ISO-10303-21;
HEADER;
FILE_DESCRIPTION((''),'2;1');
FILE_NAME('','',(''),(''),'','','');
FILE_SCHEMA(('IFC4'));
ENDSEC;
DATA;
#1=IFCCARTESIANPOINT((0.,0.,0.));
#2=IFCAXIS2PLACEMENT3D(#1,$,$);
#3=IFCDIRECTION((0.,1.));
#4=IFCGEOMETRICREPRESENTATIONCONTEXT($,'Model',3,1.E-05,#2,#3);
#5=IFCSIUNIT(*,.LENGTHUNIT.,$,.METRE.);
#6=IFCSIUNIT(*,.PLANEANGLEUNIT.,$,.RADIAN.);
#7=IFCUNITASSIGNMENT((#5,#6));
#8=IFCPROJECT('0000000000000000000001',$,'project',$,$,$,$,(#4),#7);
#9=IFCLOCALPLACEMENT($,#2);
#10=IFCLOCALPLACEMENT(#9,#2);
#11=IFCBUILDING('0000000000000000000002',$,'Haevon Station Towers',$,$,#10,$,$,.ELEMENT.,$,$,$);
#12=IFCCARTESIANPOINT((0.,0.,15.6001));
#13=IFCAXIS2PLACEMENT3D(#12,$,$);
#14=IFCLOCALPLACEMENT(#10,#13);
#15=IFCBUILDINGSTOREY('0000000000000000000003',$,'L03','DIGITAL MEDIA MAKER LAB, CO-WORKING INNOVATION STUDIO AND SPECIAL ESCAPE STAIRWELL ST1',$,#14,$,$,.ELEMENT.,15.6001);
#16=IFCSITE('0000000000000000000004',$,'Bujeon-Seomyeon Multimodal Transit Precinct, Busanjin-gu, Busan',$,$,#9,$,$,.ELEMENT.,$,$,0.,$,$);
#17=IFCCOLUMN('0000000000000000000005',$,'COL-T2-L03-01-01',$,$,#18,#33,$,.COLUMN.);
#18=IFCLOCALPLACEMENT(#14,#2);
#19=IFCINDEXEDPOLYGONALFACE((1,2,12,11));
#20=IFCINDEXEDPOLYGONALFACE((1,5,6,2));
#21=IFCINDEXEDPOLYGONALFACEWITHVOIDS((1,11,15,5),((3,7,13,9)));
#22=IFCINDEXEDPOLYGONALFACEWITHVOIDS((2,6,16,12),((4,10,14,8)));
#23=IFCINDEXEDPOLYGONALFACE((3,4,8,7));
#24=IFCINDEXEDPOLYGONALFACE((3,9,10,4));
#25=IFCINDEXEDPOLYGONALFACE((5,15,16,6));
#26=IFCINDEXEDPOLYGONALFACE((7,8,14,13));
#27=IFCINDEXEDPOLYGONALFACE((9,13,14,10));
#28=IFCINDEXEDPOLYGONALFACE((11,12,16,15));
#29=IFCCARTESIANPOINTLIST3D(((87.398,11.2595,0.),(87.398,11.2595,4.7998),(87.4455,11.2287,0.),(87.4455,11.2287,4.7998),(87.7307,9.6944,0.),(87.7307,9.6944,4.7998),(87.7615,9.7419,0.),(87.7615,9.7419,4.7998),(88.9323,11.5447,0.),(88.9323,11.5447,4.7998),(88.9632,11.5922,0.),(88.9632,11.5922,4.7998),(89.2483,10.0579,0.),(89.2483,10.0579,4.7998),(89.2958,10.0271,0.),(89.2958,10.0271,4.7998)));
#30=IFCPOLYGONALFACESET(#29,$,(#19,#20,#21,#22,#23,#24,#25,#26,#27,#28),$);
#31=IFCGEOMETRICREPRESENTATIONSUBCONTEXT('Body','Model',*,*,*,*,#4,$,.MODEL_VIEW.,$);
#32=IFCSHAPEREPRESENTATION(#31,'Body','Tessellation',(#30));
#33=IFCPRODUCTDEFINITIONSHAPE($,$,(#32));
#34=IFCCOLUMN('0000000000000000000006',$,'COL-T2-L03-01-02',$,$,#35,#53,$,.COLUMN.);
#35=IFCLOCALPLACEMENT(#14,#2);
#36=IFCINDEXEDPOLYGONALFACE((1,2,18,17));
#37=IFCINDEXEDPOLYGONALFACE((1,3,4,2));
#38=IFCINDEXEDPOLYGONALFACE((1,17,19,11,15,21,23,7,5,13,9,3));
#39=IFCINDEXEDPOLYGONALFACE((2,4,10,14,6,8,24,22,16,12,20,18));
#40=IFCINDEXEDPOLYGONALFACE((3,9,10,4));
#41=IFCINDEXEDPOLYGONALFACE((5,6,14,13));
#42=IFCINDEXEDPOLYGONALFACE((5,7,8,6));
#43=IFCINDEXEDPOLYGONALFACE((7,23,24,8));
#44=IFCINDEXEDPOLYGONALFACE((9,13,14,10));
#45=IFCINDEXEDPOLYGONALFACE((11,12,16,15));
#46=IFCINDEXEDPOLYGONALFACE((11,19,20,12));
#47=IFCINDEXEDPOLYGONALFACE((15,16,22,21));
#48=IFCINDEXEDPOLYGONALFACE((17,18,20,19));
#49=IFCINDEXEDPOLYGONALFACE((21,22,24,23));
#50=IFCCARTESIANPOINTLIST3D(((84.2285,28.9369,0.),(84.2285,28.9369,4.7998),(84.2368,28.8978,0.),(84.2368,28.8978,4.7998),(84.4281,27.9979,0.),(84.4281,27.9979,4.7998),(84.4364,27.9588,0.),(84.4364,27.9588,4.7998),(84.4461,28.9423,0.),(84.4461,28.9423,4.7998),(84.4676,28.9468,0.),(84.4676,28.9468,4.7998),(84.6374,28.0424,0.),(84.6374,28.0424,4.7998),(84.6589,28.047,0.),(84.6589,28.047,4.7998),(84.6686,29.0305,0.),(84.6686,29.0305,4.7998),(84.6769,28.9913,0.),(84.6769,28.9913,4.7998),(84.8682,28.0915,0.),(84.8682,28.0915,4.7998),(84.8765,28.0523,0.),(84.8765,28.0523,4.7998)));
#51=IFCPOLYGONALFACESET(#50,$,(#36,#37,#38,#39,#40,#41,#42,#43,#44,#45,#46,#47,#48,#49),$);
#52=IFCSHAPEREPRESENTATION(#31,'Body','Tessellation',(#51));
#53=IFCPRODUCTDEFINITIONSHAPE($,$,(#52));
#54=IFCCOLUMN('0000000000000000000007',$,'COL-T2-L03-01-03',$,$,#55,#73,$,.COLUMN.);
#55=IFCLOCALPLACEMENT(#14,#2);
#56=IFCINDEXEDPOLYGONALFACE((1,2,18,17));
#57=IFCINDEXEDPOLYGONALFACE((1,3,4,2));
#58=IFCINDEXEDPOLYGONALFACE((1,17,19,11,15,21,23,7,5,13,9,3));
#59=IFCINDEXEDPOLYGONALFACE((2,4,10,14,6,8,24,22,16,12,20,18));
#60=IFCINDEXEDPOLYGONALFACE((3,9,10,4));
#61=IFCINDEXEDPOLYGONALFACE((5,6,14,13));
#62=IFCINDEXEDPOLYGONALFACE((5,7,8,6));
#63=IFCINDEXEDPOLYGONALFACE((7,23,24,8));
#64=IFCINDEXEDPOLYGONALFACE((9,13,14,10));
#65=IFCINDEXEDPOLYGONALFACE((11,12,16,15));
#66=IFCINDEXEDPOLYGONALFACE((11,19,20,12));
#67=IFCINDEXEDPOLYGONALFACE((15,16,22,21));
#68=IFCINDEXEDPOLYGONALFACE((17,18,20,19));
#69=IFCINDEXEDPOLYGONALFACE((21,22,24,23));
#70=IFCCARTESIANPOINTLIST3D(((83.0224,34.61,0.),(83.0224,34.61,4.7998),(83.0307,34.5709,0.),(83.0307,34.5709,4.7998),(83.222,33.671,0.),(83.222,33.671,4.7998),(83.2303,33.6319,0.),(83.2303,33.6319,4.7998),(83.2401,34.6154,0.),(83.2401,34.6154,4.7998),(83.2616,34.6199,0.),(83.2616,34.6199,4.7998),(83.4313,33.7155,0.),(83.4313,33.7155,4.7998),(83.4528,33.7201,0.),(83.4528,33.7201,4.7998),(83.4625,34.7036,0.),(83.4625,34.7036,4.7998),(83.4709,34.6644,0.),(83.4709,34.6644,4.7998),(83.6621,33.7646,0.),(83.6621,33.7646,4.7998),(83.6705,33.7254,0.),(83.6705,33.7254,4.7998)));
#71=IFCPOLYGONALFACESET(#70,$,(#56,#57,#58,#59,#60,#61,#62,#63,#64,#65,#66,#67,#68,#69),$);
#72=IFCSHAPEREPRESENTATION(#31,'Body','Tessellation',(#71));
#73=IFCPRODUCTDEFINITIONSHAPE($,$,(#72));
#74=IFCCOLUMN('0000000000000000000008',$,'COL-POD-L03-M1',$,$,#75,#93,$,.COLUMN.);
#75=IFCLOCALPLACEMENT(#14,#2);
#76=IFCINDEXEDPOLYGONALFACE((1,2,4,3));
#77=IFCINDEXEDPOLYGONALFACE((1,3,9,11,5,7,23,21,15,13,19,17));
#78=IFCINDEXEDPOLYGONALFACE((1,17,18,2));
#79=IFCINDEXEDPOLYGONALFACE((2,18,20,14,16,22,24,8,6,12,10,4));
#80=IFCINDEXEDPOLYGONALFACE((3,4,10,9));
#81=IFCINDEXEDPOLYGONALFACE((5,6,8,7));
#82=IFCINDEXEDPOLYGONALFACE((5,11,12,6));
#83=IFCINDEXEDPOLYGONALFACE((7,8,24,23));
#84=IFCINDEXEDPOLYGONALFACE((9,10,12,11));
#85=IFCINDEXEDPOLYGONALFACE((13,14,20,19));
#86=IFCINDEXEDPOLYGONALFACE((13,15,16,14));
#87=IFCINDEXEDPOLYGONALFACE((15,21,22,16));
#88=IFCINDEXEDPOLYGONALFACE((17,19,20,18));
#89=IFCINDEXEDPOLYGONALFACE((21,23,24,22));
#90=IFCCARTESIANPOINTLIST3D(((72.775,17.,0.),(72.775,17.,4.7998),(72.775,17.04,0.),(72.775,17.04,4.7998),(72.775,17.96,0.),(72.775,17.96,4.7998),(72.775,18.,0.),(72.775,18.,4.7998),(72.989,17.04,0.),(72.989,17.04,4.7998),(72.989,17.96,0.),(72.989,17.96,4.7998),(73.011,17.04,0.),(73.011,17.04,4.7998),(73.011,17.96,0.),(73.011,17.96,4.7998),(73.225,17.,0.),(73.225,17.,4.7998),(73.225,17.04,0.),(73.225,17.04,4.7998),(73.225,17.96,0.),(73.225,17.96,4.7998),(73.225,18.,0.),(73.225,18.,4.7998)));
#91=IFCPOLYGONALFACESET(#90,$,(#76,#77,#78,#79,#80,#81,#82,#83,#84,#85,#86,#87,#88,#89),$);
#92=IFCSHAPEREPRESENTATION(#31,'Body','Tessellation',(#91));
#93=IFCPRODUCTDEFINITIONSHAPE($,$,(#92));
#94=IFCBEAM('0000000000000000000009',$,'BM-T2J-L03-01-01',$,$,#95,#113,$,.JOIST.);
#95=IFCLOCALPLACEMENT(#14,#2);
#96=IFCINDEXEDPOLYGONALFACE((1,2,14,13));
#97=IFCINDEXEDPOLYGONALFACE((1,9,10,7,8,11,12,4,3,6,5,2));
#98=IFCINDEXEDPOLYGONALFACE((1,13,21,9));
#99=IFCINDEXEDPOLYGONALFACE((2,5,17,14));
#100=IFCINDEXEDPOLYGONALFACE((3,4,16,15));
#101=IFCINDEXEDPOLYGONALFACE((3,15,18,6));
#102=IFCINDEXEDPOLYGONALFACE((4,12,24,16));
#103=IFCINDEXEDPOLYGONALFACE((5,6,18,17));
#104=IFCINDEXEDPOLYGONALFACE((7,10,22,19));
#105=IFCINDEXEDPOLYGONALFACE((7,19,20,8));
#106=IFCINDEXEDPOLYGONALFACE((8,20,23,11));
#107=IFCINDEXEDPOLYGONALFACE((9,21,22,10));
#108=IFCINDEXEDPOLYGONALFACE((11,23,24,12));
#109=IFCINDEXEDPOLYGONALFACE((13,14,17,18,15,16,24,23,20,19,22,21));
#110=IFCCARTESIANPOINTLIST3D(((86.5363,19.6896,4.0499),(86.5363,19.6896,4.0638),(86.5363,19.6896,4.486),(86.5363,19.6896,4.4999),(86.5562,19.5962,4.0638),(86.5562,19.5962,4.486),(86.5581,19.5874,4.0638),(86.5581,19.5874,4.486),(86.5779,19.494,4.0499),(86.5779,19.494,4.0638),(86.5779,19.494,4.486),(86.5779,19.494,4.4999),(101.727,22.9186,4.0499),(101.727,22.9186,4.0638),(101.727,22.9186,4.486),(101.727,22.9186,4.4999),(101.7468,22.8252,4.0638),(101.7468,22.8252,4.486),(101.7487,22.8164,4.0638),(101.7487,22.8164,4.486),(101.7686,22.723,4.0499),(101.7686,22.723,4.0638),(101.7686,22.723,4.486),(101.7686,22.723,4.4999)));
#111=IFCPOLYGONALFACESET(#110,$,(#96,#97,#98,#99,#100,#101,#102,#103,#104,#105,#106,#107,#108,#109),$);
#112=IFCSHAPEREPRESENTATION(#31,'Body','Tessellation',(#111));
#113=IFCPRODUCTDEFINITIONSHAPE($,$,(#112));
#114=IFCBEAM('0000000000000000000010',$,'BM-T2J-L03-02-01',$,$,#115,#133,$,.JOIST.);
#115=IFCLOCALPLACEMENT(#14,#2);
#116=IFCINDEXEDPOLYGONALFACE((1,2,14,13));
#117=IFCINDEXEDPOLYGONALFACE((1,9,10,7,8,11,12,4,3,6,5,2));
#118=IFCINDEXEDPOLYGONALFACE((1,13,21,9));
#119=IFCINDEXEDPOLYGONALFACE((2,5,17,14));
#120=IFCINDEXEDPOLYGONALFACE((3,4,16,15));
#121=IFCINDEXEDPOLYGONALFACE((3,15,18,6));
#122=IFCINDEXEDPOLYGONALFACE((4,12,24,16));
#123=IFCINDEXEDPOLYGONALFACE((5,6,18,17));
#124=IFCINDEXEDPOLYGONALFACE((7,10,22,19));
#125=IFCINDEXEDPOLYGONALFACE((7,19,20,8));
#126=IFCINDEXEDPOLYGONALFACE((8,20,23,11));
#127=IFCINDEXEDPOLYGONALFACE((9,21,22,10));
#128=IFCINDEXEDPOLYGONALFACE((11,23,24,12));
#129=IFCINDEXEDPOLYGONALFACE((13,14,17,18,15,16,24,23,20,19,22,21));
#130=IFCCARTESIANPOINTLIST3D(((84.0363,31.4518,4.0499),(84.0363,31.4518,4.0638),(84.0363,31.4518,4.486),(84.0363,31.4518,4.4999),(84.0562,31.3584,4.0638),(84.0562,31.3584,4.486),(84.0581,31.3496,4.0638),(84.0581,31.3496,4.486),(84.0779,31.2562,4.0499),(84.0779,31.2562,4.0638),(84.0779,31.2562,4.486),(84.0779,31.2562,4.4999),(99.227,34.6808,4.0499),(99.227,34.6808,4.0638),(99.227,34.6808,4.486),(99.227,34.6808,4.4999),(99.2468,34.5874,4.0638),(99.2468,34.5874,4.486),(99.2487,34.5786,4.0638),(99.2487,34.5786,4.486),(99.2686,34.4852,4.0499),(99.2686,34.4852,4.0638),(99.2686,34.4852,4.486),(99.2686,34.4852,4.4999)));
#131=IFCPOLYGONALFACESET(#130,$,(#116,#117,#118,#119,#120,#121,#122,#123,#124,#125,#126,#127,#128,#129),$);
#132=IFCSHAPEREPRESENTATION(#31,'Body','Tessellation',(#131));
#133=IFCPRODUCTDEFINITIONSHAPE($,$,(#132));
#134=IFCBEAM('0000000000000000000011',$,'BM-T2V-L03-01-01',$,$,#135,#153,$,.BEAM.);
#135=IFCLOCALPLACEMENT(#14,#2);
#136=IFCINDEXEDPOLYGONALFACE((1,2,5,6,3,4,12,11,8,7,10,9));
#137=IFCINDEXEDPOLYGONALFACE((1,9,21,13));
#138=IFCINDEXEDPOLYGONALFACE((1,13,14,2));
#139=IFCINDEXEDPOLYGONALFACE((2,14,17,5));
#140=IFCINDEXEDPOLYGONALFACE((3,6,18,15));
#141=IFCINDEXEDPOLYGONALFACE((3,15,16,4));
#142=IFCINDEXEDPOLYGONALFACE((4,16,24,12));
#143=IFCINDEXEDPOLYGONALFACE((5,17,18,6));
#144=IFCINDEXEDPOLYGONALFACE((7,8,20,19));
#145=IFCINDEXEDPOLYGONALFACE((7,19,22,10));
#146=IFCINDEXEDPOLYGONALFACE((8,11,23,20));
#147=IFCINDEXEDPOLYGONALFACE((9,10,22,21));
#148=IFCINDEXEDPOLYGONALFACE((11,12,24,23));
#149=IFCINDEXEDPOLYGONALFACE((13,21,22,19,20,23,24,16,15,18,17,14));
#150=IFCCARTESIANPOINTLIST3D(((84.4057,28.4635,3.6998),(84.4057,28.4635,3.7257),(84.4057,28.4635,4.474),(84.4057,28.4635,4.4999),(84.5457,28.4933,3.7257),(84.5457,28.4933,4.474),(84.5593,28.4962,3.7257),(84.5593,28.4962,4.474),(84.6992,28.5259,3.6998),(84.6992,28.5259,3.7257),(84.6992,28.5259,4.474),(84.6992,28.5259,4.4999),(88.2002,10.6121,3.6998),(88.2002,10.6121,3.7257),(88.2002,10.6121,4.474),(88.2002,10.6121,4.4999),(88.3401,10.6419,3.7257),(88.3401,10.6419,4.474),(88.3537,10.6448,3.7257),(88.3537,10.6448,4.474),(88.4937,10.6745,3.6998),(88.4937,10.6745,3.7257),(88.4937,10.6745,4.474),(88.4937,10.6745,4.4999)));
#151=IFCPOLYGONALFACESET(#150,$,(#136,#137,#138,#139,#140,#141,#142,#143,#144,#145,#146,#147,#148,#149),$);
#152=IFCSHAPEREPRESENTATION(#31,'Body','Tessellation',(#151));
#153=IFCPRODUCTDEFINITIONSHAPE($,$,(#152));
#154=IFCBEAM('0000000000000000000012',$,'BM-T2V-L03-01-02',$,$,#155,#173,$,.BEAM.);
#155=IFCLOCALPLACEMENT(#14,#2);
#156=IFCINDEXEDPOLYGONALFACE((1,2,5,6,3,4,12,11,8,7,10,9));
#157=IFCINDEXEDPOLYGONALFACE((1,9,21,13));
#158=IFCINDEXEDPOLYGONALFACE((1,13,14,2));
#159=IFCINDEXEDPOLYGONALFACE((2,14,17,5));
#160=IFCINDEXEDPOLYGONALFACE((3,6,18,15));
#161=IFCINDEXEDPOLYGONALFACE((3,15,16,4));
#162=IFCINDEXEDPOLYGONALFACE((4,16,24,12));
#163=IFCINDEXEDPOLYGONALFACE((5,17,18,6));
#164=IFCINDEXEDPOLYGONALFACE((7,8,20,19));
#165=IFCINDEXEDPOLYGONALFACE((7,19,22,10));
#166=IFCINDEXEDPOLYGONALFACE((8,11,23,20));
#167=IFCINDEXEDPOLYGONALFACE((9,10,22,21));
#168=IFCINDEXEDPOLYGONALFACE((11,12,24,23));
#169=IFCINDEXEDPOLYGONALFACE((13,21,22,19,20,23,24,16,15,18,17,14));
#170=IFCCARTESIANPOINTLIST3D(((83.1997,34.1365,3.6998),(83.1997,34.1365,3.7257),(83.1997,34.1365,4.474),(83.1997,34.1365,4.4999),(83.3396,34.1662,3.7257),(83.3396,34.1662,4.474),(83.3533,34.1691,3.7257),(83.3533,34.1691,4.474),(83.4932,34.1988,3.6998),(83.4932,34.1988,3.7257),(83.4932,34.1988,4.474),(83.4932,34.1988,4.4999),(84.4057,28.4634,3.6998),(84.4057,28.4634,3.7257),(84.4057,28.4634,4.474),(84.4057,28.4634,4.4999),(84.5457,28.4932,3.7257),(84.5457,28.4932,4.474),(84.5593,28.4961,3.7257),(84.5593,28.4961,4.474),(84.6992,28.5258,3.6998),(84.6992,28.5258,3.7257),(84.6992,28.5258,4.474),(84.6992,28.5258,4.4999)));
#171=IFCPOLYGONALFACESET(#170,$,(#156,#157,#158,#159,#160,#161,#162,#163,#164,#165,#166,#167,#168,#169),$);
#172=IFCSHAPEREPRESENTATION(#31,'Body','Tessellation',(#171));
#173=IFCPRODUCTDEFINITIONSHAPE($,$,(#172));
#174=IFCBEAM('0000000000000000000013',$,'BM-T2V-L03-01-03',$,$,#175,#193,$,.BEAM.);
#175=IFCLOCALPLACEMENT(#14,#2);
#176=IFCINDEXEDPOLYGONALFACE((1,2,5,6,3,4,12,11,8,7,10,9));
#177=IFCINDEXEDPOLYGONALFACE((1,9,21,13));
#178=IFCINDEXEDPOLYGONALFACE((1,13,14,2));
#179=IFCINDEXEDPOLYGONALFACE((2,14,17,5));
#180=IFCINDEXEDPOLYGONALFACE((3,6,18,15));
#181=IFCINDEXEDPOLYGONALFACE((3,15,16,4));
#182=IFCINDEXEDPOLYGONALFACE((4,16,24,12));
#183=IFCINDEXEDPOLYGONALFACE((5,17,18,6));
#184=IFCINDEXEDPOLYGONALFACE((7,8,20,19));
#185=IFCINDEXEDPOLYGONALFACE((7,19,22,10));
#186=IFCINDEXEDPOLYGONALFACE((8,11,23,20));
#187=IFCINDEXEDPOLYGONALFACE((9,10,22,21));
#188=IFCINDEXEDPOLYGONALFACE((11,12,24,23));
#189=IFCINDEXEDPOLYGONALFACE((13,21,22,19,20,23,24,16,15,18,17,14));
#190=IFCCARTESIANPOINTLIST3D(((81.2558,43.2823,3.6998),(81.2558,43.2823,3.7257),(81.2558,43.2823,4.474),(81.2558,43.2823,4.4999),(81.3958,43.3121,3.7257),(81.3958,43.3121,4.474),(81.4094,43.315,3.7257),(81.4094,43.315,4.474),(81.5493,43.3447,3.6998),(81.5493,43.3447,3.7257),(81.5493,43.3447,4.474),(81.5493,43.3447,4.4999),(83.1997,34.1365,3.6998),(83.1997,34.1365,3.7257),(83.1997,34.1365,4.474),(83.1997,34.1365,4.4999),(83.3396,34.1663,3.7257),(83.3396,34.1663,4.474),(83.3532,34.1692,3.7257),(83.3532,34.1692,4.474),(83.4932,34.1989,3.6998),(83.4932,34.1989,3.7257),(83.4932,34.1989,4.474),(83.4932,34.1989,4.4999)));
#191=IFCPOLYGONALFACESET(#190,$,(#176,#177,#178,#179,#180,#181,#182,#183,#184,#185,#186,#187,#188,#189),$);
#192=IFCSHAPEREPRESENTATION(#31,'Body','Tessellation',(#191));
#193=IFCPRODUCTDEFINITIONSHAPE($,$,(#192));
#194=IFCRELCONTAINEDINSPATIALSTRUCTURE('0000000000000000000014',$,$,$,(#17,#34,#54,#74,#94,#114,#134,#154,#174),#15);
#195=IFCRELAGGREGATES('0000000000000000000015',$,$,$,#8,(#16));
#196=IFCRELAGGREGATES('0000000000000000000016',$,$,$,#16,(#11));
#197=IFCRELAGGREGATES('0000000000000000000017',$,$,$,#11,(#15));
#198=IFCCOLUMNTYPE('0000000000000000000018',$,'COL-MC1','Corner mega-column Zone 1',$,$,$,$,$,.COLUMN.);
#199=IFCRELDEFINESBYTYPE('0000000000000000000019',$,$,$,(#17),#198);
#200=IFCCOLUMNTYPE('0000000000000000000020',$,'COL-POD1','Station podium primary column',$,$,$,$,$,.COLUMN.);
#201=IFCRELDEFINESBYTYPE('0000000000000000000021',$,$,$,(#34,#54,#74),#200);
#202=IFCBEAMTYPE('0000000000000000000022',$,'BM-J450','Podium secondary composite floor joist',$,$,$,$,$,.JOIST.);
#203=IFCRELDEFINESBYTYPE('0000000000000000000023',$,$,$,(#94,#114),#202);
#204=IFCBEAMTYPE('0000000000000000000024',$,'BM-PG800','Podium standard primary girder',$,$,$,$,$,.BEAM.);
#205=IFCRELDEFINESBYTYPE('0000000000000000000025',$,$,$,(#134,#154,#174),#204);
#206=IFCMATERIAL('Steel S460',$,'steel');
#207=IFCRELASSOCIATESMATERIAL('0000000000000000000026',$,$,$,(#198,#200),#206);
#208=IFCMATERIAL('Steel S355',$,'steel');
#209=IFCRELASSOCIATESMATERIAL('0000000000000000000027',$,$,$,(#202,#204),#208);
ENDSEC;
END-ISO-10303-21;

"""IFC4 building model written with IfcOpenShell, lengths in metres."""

from ifc_helpers import new_model, si_unit, direction, frame, origin, origin_2d, place, context, subcontext, project, spatial, hollow_rectangle, i_section, extrude, material, material_profile, profile_set, type_object, element, save


model = new_model("IFC4")

# Units and contexts
model_context = context("Model", 3, precision=1e-05, world=origin(), true_north=direction((0.0, 1.0)))
body_context = subcontext(model_context, "Body", "Model", "MODEL_VIEW")
ifc_project = project(units=[si_unit("LENGTHUNIT", "METRE"), si_unit("PLANEANGLEUNIT", "RADIAN")], contexts=[model_context])

# Site, building, storey
site_placement = place(None, origin())
site = spatial("IfcSite", under=ifc_project, at=site_placement, Name="Bujeon-Seomyeon Multimodal Transit Precinct, Busanjin-gu, Busan", CompositionType="ELEMENT", RefElevation=0.0)
building_placement = place(site_placement, origin())
building = spatial("IfcBuilding", under=site, at=building_placement, Name="Haevon Station Towers", CompositionType="ELEMENT")
storey_placement = place(building_placement, frame((0.0, 0.0, 15.6001)))
storey = spatial("IfcBuildingStorey", under=building, at=storey_placement, Name="L03", Description="DIGITAL MEDIA MAKER LAB, CO-WORKING INNOVATION STUDIO AND SPECIAL ESCAPE STAIRWELL ST1", CompositionType="ELEMENT", Elevation=15.6001)

# Columns
ifc_material_1 = material(Name="Steel S460", Category="steel")
ifc_material_profile_1 = material_profile(ifc_material_1, hollow_rectangle(XDim=1.6001, YDim=1.6001, WallThickness=0.04, at=origin_2d()), Name="BOX-1600x1600x40")
ifc_profile_set_1 = profile_set([ifc_material_profile_1], Name="Steel S460")
column_type_1 = type_object("IfcColumnType", Name="COL-MC1", Description="Corner mega-column Zone 1", PredefinedType="COLUMN", material=ifc_profile_set_1)
column_placement = place(storey_placement, frame((88.3469, 10.6433, 0.0), z_axis=(0.0, 0.0, 1.0), x_axis=(0.978148, 0.207912, 0.0)))
element("IfcColumn", 1, at=column_placement, inside=storey, type_object=column_type_1, Name="COL-T2-L03-01-01", PredefinedType="COLUMN", context=body_context, shape_type="SweptSolid", body=[
    extrude(hollow_rectangle(XDim=1.6001, YDim=1.6001, WallThickness=0.04, at=origin_2d()), origin(), (0.0, 0.0, 1.0), 4.7998),
])
ifc_material_profile_2 = material_profile(ifc_material_1, i_section(OverallWidth=0.45, OverallDepth=1.0, WebThickness=0.022, FlangeThickness=0.04, at=origin_2d()), Name="H-1000x450x22x40")
ifc_profile_set_2 = profile_set([ifc_material_profile_2], Name="Steel S460")
column_type_2 = type_object("IfcColumnType", Name="COL-POD1", Description="Station podium primary column", PredefinedType="COLUMN", material=ifc_profile_set_2)
for number, where, z_axis, x_axis, name in (
    (2, (84.5525, 28.4946, 0.0), (0.0, 0.0, 1.0), (0.978148, 0.207912, 0.0), "COL-T2-L03-01-02"),
    (3, (83.3464, 34.1677, 0.0), (0.0, 0.0, 1.0), (0.978148, 0.207912, 0.0), "COL-T2-L03-01-03"),
    (4, (73.0, 17.5, 0.0), (0.0, 0.0, 1.0), (1.0, 0.0, 0.0), "COL-POD-L03-M1"),
):
    element("IfcColumn", number, at=place(storey_placement, frame(where, z_axis=z_axis, x_axis=x_axis)), inside=storey, type_object=column_type_2, Name=name, PredefinedType="COLUMN", context=body_context, shape_type="SweptSolid", body=[
        extrude(i_section(OverallWidth=0.45, OverallDepth=1.0, WebThickness=0.022, FlangeThickness=0.04, at=origin_2d()), origin(), (0.0, 0.0, 1.0), 4.7998),
    ])

# Beams
ifc_material_2 = material(Name="Steel S355", Category="steel")
ifc_material_profile_3 = material_profile(ifc_material_2, i_section(OverallWidth=0.2, OverallDepth=0.45, WebThickness=0.009, FlangeThickness=0.0139, at=origin_2d()), Name="H-450x200x9x14")
ifc_profile_set_3 = profile_set([ifc_material_profile_3], Name="Steel S355")
beam_type_1 = type_object("IfcBeamType", Name="BM-J450", Description="Podium secondary composite floor joist", PredefinedType="JOIST", material=ifc_profile_set_3)
for number, where, z_axis, x_axis, name in (
    (5, (86.5571, 19.5918, 4.2749), (0.978146, 0.207919, 0.0), (-0.207919, 0.978146, 0.0), "BM-T2J-L03-01-01"),
    (6, (84.0571, 31.354, 4.2749), (0.978146, 0.207919, 0.0), (-0.207919, 0.978146, 0.0), "BM-T2J-L03-02-01"),
):
    element("IfcBeam", number, at=place(storey_placement, frame(where, z_axis=z_axis, x_axis=x_axis)), inside=storey, type_object=beam_type_1, Name=name, PredefinedType="JOIST", context=body_context, shape_type="SweptSolid", body=[
        extrude(i_section(OverallWidth=0.2, OverallDepth=0.45, WebThickness=0.009, FlangeThickness=0.0139, at=origin_2d()), origin(), (0.0, 0.0, 1.0), 15.53),
    ])
ifc_material_profile_4 = material_profile(ifc_material_2, i_section(OverallWidth=0.3, OverallDepth=0.8, WebThickness=0.0139, FlangeThickness=0.0259, at=origin_2d()), Name="H-800x300x14x26")
ifc_profile_set_4 = profile_set([ifc_material_profile_4], Name="Steel S355")
beam_type_2 = type_object("IfcBeamType", Name="BM-PG800", Description="Podium standard primary girder", PredefinedType="BEAM", material=ifc_profile_set_4)
beam_1_placement = place(storey_placement, frame((88.3469, 10.6433, 4.0999), z_axis=(-0.207913, 0.978147, 0.0), x_axis=(-0.978147, -0.207913, 0.0)))
element("IfcBeam", 7, at=beam_1_placement, inside=storey, type_object=beam_type_2, Name="BM-T2V-L03-01-01", PredefinedType="BEAM", context=body_context, shape_type="SweptSolid", body=[
    extrude(i_section(OverallWidth=0.3, OverallDepth=0.8, WebThickness=0.0139, FlangeThickness=0.0259, at=origin_2d()), origin(), (0.0, 0.0, 1.0), 18.2502),
])
beam_2_placement = place(storey_placement, frame((84.5525, 28.4946, 4.0999), z_axis=(-0.207945, 0.978141, 0.0), x_axis=(-0.978141, -0.207945, 0.0)))
element("IfcBeam", 8, at=beam_2_placement, inside=storey, type_object=beam_type_2, Name="BM-T2V-L03-01-02", PredefinedType="BEAM", context=body_context, shape_type="SweptSolid", body=[
    extrude(i_section(OverallWidth=0.3, OverallDepth=0.8, WebThickness=0.0139, FlangeThickness=0.0259, at=origin_2d()), origin(), (0.0, 0.0, 1.0), 5.7998),
])
beam_3_placement = place(storey_placement, frame((83.3464, 34.1677, 4.0999), z_axis=(-0.207897, 0.978151, 0.0), x_axis=(-0.978151, -0.207897, 0.0)))
element("IfcBeam", 9, at=beam_3_placement, inside=storey, type_object=beam_type_2, Name="BM-T2V-L03-01-03", PredefinedType="BEAM", context=body_context, shape_type="SweptSolid", body=[
    extrude(i_section(OverallWidth=0.3, OverallDepth=0.8, WebThickness=0.0139, FlangeThickness=0.0259, at=origin_2d()), origin(), (0.0, 0.0, 1.0), 9.3501),
])

save(model, "model.ifc")
